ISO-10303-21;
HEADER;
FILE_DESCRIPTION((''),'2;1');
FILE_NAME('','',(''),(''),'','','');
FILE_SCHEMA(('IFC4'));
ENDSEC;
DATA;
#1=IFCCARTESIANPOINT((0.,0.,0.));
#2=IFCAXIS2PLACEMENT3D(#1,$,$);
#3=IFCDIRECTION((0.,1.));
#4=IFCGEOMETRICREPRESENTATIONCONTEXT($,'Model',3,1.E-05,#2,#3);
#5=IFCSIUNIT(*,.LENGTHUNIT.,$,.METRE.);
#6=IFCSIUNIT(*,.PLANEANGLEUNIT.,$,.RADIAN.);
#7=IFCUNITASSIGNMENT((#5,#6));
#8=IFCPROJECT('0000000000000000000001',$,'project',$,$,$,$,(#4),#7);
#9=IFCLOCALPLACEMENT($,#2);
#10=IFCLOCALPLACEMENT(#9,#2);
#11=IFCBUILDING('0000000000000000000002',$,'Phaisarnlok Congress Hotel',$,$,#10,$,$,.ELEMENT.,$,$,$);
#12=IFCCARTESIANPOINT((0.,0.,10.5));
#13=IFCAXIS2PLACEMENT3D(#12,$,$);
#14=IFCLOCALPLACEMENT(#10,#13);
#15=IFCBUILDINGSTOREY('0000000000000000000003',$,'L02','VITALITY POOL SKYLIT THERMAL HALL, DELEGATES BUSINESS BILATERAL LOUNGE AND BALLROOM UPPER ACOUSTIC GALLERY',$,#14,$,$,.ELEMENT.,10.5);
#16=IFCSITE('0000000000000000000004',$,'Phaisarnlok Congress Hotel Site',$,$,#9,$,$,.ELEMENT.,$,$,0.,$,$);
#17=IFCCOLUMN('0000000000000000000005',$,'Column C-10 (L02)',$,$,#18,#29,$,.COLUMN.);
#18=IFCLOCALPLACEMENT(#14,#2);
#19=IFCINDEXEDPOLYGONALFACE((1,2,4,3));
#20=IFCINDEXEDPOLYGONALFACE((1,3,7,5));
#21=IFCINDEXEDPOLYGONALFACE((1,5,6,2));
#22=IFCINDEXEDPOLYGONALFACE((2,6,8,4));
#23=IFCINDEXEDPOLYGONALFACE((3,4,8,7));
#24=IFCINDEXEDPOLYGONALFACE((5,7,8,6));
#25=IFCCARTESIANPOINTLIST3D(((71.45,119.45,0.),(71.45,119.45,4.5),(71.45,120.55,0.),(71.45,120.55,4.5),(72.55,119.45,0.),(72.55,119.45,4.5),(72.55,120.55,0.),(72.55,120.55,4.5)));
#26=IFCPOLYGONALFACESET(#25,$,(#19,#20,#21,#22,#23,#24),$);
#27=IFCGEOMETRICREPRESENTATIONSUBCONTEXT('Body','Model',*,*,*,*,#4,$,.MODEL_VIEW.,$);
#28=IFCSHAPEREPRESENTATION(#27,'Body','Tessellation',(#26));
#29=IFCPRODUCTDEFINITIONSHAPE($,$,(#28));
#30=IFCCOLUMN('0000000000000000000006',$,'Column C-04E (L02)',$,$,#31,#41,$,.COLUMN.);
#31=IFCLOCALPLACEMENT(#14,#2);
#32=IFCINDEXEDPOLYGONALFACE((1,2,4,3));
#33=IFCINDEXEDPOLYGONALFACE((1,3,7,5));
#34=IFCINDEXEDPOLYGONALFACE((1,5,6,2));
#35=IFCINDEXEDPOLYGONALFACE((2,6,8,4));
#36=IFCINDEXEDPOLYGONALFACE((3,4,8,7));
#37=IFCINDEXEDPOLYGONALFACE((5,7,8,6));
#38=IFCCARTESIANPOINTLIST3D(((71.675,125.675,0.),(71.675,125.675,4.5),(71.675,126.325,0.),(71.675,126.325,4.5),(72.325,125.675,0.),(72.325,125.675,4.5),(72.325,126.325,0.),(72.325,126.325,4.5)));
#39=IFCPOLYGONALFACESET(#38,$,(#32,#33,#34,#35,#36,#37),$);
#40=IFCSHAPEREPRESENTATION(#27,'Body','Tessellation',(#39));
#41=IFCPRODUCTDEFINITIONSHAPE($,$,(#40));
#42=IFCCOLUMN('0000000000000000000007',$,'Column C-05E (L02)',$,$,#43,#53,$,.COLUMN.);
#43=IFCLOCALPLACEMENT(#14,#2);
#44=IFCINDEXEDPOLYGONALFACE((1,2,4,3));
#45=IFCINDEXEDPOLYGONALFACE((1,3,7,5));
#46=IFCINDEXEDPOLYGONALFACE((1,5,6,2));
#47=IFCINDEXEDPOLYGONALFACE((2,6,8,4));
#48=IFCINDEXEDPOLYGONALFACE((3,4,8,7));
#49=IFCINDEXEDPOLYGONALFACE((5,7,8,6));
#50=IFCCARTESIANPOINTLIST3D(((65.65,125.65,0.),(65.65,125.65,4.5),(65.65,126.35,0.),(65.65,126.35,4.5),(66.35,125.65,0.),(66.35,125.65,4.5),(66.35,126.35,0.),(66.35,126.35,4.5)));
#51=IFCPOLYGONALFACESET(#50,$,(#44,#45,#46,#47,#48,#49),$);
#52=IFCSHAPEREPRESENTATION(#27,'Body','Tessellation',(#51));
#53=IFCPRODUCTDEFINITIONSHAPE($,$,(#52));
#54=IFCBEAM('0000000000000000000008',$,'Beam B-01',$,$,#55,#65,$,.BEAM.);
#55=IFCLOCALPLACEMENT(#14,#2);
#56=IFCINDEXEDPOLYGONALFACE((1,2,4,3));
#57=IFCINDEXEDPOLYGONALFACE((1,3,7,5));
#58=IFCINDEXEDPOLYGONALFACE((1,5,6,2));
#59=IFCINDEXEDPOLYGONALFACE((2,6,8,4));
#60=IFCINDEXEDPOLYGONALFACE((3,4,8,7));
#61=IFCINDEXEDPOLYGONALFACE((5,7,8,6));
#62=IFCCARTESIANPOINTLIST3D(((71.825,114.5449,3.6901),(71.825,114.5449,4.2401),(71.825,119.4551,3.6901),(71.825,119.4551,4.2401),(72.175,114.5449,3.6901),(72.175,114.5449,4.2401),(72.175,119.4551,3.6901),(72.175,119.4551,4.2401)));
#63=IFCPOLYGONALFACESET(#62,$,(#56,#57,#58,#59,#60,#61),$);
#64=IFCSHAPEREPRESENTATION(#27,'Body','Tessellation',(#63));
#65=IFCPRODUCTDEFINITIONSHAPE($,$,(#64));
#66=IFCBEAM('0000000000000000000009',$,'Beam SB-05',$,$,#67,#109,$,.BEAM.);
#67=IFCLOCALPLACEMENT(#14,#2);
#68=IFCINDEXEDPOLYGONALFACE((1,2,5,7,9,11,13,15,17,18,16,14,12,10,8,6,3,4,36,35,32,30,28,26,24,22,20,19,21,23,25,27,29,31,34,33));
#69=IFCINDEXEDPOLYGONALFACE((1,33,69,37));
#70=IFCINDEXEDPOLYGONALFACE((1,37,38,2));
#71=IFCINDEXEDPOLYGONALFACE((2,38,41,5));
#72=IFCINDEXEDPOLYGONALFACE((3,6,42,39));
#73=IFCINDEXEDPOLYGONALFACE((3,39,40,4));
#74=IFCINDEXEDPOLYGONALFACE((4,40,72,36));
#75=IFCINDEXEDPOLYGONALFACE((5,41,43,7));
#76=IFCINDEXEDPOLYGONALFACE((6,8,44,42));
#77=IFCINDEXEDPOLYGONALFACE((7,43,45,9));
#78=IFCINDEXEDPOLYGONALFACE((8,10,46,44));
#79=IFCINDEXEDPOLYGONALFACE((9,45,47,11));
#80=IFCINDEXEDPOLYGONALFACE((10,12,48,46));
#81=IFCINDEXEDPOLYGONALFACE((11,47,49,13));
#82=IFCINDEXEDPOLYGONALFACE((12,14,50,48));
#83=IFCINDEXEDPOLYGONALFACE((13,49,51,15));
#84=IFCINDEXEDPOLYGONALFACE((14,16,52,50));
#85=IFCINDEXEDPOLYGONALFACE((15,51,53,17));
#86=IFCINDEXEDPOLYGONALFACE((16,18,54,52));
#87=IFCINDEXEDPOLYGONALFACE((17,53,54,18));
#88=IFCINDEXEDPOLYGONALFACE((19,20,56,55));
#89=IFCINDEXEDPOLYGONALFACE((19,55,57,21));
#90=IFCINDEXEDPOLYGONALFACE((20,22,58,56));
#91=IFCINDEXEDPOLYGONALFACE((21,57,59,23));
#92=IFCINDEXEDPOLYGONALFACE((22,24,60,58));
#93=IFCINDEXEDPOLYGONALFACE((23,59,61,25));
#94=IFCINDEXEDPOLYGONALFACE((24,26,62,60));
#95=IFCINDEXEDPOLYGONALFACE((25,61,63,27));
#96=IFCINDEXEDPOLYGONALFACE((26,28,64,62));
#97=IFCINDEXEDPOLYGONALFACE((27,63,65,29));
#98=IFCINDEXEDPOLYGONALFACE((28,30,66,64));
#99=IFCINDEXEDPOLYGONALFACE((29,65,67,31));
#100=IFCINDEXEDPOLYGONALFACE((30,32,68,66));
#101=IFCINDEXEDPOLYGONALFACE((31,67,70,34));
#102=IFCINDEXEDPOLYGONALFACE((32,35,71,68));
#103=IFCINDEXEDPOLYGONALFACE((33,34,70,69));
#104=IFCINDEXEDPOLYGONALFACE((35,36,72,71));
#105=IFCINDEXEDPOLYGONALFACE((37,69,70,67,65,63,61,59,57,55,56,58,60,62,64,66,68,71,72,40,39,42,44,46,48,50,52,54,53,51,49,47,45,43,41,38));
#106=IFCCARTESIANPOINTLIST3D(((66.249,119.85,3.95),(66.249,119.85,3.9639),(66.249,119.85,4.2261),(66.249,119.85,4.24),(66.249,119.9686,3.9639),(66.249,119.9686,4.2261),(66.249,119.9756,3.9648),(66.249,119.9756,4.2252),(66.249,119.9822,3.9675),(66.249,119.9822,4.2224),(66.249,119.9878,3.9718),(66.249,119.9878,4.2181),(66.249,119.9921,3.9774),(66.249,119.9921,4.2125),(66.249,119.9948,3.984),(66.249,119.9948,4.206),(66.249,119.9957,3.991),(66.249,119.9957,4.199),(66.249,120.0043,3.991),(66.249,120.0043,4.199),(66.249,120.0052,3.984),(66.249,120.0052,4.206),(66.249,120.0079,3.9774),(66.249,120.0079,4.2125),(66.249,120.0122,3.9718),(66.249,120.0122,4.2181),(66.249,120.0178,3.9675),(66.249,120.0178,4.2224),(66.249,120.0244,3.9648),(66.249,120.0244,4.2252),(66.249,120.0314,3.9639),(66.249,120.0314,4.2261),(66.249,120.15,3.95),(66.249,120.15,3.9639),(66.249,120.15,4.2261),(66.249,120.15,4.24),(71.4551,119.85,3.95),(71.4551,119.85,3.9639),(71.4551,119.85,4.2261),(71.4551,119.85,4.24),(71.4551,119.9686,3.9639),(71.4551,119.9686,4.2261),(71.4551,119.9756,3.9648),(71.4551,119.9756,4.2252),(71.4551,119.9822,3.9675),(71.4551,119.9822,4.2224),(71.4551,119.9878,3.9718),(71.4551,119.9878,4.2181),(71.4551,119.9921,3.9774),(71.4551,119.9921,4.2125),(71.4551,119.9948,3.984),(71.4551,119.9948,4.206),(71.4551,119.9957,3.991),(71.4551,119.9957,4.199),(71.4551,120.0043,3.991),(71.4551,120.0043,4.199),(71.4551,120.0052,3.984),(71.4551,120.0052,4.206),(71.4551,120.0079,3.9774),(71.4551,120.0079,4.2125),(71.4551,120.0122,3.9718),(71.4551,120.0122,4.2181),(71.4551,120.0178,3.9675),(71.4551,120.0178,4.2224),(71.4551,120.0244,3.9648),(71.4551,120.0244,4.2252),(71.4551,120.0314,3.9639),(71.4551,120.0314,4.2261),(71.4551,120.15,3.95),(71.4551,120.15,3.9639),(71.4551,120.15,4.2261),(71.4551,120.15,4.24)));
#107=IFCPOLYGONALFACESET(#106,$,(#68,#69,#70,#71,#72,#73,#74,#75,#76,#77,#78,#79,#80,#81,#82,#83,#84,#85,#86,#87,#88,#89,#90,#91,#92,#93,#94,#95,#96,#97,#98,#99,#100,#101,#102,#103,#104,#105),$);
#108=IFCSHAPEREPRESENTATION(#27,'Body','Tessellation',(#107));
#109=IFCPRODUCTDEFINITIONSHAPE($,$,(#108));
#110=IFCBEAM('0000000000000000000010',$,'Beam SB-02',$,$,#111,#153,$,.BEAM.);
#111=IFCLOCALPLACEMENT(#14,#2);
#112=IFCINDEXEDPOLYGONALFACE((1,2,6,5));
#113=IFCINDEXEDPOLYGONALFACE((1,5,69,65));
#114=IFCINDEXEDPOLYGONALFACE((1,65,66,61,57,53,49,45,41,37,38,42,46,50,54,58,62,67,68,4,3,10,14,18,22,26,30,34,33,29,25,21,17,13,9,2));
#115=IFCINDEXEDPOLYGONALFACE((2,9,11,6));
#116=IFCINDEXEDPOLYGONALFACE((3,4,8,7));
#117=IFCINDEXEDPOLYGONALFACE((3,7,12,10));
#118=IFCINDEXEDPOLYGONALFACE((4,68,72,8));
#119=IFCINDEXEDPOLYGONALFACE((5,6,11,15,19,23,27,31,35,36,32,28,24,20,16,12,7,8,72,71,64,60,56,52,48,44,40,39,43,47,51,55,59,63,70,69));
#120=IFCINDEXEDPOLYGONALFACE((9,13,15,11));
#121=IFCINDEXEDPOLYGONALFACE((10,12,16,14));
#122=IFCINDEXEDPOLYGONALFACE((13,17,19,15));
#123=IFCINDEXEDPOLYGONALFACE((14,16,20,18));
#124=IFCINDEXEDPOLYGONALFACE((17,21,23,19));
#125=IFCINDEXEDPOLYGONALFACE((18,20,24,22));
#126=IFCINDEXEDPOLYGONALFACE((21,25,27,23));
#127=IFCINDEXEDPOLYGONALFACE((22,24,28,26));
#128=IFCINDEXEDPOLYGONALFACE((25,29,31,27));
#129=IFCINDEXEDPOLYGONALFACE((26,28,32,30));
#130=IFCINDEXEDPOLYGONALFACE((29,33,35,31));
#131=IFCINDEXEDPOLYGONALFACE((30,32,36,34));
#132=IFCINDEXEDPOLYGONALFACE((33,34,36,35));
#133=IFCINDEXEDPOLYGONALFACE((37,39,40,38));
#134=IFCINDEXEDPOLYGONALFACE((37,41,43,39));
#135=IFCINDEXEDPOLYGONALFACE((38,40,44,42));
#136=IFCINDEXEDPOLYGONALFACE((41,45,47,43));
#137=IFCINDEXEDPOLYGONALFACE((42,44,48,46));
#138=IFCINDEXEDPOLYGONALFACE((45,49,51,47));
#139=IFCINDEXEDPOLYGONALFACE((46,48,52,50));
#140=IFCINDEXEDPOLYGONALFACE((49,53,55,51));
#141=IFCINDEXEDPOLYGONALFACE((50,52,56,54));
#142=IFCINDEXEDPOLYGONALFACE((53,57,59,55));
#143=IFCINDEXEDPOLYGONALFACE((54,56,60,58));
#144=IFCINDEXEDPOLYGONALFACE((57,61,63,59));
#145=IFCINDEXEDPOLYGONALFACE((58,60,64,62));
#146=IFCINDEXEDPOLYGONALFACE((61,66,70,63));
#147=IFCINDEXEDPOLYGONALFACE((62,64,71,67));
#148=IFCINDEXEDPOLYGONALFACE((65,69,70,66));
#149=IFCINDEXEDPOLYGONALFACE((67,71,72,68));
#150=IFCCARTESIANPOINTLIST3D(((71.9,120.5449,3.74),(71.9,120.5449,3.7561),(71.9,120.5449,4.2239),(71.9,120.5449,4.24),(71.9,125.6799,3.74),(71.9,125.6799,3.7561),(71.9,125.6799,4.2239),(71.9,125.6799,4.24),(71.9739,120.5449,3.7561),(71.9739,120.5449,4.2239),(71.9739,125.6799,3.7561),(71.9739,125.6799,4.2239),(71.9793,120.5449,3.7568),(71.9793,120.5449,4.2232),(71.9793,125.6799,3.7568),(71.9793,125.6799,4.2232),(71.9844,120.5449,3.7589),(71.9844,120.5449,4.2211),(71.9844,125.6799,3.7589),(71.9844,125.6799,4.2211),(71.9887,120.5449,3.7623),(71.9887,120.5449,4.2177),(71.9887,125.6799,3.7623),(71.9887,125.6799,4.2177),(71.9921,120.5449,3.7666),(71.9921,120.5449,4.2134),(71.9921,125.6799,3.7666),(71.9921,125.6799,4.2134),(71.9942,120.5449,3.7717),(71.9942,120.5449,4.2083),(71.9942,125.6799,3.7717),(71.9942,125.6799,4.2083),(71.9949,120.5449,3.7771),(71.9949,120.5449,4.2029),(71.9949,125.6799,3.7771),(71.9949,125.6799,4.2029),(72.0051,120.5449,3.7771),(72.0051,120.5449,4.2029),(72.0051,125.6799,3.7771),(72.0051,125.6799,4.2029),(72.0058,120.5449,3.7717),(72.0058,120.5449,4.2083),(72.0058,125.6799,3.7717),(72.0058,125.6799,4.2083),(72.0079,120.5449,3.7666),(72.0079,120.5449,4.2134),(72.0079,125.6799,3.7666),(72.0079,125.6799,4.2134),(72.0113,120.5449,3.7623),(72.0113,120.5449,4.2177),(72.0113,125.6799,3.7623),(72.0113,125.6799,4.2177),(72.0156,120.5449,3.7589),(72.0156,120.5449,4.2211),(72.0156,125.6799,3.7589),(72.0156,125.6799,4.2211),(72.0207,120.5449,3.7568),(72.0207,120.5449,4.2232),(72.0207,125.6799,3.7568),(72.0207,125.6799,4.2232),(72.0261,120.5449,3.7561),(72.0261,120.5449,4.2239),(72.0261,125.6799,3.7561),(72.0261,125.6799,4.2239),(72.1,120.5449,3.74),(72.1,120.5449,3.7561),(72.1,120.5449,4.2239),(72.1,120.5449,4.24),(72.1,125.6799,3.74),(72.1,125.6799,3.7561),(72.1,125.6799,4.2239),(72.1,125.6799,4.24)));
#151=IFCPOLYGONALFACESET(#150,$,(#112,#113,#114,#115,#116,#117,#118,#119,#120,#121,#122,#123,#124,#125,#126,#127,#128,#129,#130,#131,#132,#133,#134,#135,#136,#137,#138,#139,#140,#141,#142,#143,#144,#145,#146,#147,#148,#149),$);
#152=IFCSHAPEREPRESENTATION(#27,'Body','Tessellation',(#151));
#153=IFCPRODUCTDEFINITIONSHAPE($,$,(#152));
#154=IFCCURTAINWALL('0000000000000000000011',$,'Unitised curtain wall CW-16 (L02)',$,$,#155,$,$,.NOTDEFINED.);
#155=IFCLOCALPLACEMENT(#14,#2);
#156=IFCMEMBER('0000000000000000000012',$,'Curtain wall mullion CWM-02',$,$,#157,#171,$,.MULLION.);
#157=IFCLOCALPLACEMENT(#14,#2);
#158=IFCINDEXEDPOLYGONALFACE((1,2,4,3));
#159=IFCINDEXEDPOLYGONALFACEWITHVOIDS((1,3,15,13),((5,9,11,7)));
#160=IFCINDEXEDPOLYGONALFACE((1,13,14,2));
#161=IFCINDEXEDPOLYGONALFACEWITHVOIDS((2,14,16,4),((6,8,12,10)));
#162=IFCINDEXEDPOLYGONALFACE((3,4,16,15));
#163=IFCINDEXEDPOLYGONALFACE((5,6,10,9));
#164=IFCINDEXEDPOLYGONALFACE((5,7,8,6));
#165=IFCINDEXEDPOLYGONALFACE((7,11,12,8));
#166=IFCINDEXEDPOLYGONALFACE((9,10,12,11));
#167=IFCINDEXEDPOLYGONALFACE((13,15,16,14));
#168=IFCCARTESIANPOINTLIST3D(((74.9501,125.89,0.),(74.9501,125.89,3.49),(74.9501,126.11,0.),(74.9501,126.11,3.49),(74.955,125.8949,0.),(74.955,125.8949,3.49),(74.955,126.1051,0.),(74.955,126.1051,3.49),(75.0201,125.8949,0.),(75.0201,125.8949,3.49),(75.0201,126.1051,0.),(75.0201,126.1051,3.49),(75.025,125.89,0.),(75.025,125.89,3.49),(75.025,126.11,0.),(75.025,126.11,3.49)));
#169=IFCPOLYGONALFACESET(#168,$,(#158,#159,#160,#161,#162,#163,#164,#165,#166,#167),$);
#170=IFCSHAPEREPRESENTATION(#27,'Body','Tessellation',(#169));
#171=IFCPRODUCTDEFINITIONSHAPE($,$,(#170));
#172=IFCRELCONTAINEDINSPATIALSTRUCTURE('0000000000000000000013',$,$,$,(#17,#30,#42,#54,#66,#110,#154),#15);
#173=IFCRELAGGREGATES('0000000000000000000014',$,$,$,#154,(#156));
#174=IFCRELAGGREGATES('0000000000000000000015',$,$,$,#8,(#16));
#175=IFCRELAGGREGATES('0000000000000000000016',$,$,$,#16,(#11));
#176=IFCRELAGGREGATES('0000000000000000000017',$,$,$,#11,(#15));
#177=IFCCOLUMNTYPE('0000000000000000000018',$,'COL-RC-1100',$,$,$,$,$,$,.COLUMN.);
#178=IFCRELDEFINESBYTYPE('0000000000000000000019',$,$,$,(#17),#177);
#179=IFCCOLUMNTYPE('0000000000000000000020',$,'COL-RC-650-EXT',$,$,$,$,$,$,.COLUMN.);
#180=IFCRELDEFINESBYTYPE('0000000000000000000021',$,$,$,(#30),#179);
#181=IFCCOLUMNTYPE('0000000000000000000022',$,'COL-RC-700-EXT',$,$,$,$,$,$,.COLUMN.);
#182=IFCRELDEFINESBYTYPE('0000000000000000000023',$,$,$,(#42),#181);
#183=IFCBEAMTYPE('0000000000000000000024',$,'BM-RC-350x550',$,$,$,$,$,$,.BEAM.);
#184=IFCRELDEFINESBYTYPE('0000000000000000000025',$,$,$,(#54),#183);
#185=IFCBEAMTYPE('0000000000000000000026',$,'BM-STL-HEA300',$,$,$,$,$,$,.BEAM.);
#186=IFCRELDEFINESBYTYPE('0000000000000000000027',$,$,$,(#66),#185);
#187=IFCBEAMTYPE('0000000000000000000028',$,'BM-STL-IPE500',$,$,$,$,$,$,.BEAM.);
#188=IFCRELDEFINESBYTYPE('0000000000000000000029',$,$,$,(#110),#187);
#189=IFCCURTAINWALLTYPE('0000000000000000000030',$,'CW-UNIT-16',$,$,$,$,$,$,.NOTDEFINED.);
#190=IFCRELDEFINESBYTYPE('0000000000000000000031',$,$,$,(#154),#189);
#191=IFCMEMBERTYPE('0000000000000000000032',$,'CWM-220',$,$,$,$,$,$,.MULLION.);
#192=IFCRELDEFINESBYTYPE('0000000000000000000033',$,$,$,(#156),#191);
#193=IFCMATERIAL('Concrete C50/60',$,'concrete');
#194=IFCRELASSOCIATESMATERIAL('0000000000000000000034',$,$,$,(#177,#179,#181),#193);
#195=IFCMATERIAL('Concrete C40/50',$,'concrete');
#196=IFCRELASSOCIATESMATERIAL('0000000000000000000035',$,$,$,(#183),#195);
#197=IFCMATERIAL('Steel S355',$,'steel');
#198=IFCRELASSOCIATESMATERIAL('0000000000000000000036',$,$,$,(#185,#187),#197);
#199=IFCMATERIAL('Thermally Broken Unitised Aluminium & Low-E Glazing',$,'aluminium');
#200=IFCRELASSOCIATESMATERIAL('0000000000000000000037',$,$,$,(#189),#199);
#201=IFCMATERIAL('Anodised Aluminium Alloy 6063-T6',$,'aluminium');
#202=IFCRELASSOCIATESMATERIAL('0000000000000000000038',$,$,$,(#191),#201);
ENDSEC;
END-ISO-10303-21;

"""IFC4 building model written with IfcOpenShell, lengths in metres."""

from ifc_helpers import new_model, si_unit, direction, frame, origin, origin_2d, place, context, subcontext, project, spatial, rectangle, hollow_rectangle, i_section, extrude, material, material_profile, profile_set, type_object, element, aggregate, save


model = new_model("IFC4")

# Units and contexts
model_context = context("Model", 3, precision=1e-05, world=origin(), true_north=direction((0.0, 1.0)))
body_context = subcontext(model_context, "Body", "Model", "MODEL_VIEW")
ifc_project = project(units=[si_unit("LENGTHUNIT", "METRE"), si_unit("PLANEANGLEUNIT", "RADIAN")], contexts=[model_context])

# Site, building, storey
site_placement = place(None, origin())
site = spatial("IfcSite", under=ifc_project, at=site_placement, Name="Phaisarnlok Congress Hotel Site", CompositionType="ELEMENT", RefElevation=0.0)
building_placement = place(site_placement, origin())
building = spatial("IfcBuilding", under=site, at=building_placement, Name="Phaisarnlok Congress Hotel", CompositionType="ELEMENT")
storey_placement = place(building_placement, frame((0.0, 0.0, 10.5)))
storey = spatial("IfcBuildingStorey", under=building, at=storey_placement, Name="L02", Description="VITALITY POOL SKYLIT THERMAL HALL, DELEGATES BUSINESS BILATERAL LOUNGE AND BALLROOM UPPER ACOUSTIC GALLERY", CompositionType="ELEMENT", Elevation=10.5)

# Columns
ifc_material_1 = material(Name="Concrete C50/60", Category="concrete")
ifc_material_profile_1 = material_profile(ifc_material_1, rectangle(XDim=1.1001, YDim=1.1001, at=origin_2d()), Name="RC 1100x1100")
ifc_profile_set_1 = profile_set([ifc_material_profile_1], Name="Concrete C50/60")
column_type_1 = type_object("IfcColumnType", Name="COL-RC-1100", PredefinedType="COLUMN", material=ifc_profile_set_1)
column_1_placement = place(storey_placement, frame((72.0, 120.0, 0.0), z_axis=(0.0, 0.0, 1.0), x_axis=(1.0, 0.0, 0.0)))
element("IfcColumn", 1, at=column_1_placement, inside=storey, type_object=column_type_1, Name="Column C-10 (L02)", PredefinedType="COLUMN", context=body_context, shape_type="SweptSolid", body=[
    extrude(rectangle(XDim=1.1001, YDim=1.1001, at=origin_2d()), origin(), (0.0, 0.0, 1.0), 4.5),
])
ifc_material_profile_2 = material_profile(ifc_material_1, rectangle(XDim=0.6499, YDim=0.6499, at=origin_2d()), Name="RC 650x650")
ifc_profile_set_2 = profile_set([ifc_material_profile_2], Name="Concrete C50/60")
column_type_2 = type_object("IfcColumnType", Name="COL-RC-650-EXT", PredefinedType="COLUMN", material=ifc_profile_set_2)
column_2_placement = place(storey_placement, frame((72.0, 126.0, 0.0), z_axis=(0.0, 0.0, 1.0), x_axis=(1.0, 0.0, 0.0)))
element("IfcColumn", 2, at=column_2_placement, inside=storey, type_object=column_type_2, Name="Column C-04E (L02)", PredefinedType="COLUMN", context=body_context, shape_type="SweptSolid", body=[
    extrude(rectangle(XDim=0.6499, YDim=0.6499, at=origin_2d()), origin(), (0.0, 0.0, 1.0), 4.5),
])
ifc_material_profile_3 = material_profile(ifc_material_1, rectangle(XDim=0.7, YDim=0.7, at=origin_2d()), Name="RC 700x700")
ifc_profile_set_3 = profile_set([ifc_material_profile_3], Name="Concrete C50/60")
column_type_3 = type_object("IfcColumnType", Name="COL-RC-700-EXT", PredefinedType="COLUMN", material=ifc_profile_set_3)
column_3_placement = place(storey_placement, frame((66.0, 126.0, 0.0), z_axis=(0.0, 0.0, 1.0), x_axis=(1.0, 0.0, 0.0)))
element("IfcColumn", 3, at=column_3_placement, inside=storey, type_object=column_type_3, Name="Column C-05E (L02)", PredefinedType="COLUMN", context=body_context, shape_type="SweptSolid", body=[
    extrude(rectangle(XDim=0.7, YDim=0.7, at=origin_2d()), origin(), (0.0, 0.0, 1.0), 4.5),
])

# Beams
ifc_material_2 = material(Name="Concrete C40/50", Category="concrete")
ifc_material_profile_4 = material_profile(ifc_material_2, rectangle(XDim=0.3501, YDim=0.55, at=origin_2d()), Name="RC 350x550")
ifc_profile_set_4 = profile_set([ifc_material_profile_4], Name="Concrete C40/50")
beam_type_1 = type_object("IfcBeamType", Name="BM-RC-350x550", PredefinedType="BEAM", material=ifc_profile_set_4)
beam_1_placement = place(storey_placement, frame((72.0, 114.5449, 3.9651), z_axis=(0.0, 1.0, 0.0), x_axis=(-1.0, 0.0, 0.0)))
element("IfcBeam", 4, at=beam_1_placement, inside=storey, type_object=beam_type_1, Name="Beam B-01", PredefinedType="BEAM", context=body_context, shape_type="SweptSolid", body=[
    extrude(rectangle(XDim=0.3501, YDim=0.55, at=origin_2d()), origin(), (0.0, 0.0, 1.0), 4.9102),
])
ifc_material_3 = material(Name="Steel S355", Category="steel")
ifc_material_profile_5 = material_profile(ifc_material_3, i_section(OverallWidth=0.3, OverallDepth=0.29, WebThickness=0.0085, FlangeThickness=0.0139, FilletRadius=0.0271, at=origin_2d()), Name="HEA 300")
ifc_profile_set_5 = profile_set([ifc_material_profile_5], Name="Steel S355")
beam_type_2 = type_object("IfcBeamType", Name="BM-STL-HEA300", PredefinedType="BEAM", material=ifc_profile_set_5)
beam_2_placement = place(storey_placement, frame((66.249, 120.0, 4.095), z_axis=(1.0, 0.0, 0.0), x_axis=(0.0, 1.0, 0.0)))
element("IfcBeam", 5, at=beam_2_placement, inside=storey, type_object=beam_type_2, Name="Beam SB-05", PredefinedType="BEAM", context=body_context, shape_type="SweptSolid", body=[
    extrude(i_section(OverallWidth=0.3, OverallDepth=0.29, WebThickness=0.0085, FlangeThickness=0.0139, FilletRadius=0.0271, at=origin_2d()), origin(), (0.0, 0.0, 1.0), 5.2061),
])
ifc_material_profile_6 = material_profile(ifc_material_3, i_section(OverallWidth=0.2, OverallDepth=0.5, WebThickness=0.0103, FlangeThickness=0.0161, FilletRadius=0.021, at=origin_2d()), Name="IPE 500")
ifc_profile_set_6 = profile_set([ifc_material_profile_6], Name="Steel S355")
beam_type_3 = type_object("IfcBeamType", Name="BM-STL-IPE500", PredefinedType="BEAM", material=ifc_profile_set_6)
beam_3_placement = place(storey_placement, frame((72.0, 120.5449, 3.99), z_axis=(0.0, 1.0, 0.0), x_axis=(-1.0, 0.0, 0.0)))
element("IfcBeam", 6, at=beam_3_placement, inside=storey, type_object=beam_type_3, Name="Beam SB-02", PredefinedType="BEAM", context=body_context, shape_type="SweptSolid", body=[
    extrude(i_section(OverallWidth=0.2, OverallDepth=0.5, WebThickness=0.0103, FlangeThickness=0.0161, FilletRadius=0.021, at=origin_2d()), origin(), (0.0, 0.0, 1.0), 5.135),
])

# Curtain wall, member
ifc_material_4 = material(Name="Thermally Broken Unitised Aluminium & Low-E Glazing", Category="aluminium")
curtain_wall_type_1 = type_object("IfcCurtainWallType", Name="CW-UNIT-16", PredefinedType="NOTDEFINED", material=ifc_material_4)
curtain_wall_1_placement = place(storey_placement, origin())
curtain_wall_1 = element("IfcCurtainWall", 7, at=curtain_wall_1_placement, inside=storey, type_object=curtain_wall_type_1, Name="Unitised curtain wall CW-16 (L02)", PredefinedType="NOTDEFINED")
ifc_material_5 = material(Name="Anodised Aluminium Alloy 6063-T6", Category="aluminium")
ifc_material_profile_7 = material_profile(ifc_material_5, hollow_rectangle(XDim=0.075, YDim=0.22, WallThickness=0.0049, at=origin_2d()), Name="ALU-M 75x220x5")
ifc_profile_set_7 = profile_set([ifc_material_profile_7], Name="Anodised Aluminium Alloy 6063-T6")
member_type_1 = type_object("IfcMemberType", Name="CWM-220", PredefinedType="MULLION", material=ifc_profile_set_7)
member_1_placement = place(storey_placement, frame((74.9875, 126.0, 0.0), z_axis=(0.0, 0.0, 1.0), x_axis=(-1.0, 0.0, 0.0)))
member_1 = element("IfcMember", 8, at=member_1_placement, type_object=member_type_1, Name="Curtain wall mullion CWM-02", PredefinedType="MULLION", context=body_context, shape_type="SweptSolid", body=[
    extrude(hollow_rectangle(XDim=0.075, YDim=0.22, WallThickness=0.0049, at=origin_2d()), origin(), (0.0, 0.0, 1.0), 3.49),
])

aggregate(curtain_wall_1, [member_1])

save(model, "model.ifc")
